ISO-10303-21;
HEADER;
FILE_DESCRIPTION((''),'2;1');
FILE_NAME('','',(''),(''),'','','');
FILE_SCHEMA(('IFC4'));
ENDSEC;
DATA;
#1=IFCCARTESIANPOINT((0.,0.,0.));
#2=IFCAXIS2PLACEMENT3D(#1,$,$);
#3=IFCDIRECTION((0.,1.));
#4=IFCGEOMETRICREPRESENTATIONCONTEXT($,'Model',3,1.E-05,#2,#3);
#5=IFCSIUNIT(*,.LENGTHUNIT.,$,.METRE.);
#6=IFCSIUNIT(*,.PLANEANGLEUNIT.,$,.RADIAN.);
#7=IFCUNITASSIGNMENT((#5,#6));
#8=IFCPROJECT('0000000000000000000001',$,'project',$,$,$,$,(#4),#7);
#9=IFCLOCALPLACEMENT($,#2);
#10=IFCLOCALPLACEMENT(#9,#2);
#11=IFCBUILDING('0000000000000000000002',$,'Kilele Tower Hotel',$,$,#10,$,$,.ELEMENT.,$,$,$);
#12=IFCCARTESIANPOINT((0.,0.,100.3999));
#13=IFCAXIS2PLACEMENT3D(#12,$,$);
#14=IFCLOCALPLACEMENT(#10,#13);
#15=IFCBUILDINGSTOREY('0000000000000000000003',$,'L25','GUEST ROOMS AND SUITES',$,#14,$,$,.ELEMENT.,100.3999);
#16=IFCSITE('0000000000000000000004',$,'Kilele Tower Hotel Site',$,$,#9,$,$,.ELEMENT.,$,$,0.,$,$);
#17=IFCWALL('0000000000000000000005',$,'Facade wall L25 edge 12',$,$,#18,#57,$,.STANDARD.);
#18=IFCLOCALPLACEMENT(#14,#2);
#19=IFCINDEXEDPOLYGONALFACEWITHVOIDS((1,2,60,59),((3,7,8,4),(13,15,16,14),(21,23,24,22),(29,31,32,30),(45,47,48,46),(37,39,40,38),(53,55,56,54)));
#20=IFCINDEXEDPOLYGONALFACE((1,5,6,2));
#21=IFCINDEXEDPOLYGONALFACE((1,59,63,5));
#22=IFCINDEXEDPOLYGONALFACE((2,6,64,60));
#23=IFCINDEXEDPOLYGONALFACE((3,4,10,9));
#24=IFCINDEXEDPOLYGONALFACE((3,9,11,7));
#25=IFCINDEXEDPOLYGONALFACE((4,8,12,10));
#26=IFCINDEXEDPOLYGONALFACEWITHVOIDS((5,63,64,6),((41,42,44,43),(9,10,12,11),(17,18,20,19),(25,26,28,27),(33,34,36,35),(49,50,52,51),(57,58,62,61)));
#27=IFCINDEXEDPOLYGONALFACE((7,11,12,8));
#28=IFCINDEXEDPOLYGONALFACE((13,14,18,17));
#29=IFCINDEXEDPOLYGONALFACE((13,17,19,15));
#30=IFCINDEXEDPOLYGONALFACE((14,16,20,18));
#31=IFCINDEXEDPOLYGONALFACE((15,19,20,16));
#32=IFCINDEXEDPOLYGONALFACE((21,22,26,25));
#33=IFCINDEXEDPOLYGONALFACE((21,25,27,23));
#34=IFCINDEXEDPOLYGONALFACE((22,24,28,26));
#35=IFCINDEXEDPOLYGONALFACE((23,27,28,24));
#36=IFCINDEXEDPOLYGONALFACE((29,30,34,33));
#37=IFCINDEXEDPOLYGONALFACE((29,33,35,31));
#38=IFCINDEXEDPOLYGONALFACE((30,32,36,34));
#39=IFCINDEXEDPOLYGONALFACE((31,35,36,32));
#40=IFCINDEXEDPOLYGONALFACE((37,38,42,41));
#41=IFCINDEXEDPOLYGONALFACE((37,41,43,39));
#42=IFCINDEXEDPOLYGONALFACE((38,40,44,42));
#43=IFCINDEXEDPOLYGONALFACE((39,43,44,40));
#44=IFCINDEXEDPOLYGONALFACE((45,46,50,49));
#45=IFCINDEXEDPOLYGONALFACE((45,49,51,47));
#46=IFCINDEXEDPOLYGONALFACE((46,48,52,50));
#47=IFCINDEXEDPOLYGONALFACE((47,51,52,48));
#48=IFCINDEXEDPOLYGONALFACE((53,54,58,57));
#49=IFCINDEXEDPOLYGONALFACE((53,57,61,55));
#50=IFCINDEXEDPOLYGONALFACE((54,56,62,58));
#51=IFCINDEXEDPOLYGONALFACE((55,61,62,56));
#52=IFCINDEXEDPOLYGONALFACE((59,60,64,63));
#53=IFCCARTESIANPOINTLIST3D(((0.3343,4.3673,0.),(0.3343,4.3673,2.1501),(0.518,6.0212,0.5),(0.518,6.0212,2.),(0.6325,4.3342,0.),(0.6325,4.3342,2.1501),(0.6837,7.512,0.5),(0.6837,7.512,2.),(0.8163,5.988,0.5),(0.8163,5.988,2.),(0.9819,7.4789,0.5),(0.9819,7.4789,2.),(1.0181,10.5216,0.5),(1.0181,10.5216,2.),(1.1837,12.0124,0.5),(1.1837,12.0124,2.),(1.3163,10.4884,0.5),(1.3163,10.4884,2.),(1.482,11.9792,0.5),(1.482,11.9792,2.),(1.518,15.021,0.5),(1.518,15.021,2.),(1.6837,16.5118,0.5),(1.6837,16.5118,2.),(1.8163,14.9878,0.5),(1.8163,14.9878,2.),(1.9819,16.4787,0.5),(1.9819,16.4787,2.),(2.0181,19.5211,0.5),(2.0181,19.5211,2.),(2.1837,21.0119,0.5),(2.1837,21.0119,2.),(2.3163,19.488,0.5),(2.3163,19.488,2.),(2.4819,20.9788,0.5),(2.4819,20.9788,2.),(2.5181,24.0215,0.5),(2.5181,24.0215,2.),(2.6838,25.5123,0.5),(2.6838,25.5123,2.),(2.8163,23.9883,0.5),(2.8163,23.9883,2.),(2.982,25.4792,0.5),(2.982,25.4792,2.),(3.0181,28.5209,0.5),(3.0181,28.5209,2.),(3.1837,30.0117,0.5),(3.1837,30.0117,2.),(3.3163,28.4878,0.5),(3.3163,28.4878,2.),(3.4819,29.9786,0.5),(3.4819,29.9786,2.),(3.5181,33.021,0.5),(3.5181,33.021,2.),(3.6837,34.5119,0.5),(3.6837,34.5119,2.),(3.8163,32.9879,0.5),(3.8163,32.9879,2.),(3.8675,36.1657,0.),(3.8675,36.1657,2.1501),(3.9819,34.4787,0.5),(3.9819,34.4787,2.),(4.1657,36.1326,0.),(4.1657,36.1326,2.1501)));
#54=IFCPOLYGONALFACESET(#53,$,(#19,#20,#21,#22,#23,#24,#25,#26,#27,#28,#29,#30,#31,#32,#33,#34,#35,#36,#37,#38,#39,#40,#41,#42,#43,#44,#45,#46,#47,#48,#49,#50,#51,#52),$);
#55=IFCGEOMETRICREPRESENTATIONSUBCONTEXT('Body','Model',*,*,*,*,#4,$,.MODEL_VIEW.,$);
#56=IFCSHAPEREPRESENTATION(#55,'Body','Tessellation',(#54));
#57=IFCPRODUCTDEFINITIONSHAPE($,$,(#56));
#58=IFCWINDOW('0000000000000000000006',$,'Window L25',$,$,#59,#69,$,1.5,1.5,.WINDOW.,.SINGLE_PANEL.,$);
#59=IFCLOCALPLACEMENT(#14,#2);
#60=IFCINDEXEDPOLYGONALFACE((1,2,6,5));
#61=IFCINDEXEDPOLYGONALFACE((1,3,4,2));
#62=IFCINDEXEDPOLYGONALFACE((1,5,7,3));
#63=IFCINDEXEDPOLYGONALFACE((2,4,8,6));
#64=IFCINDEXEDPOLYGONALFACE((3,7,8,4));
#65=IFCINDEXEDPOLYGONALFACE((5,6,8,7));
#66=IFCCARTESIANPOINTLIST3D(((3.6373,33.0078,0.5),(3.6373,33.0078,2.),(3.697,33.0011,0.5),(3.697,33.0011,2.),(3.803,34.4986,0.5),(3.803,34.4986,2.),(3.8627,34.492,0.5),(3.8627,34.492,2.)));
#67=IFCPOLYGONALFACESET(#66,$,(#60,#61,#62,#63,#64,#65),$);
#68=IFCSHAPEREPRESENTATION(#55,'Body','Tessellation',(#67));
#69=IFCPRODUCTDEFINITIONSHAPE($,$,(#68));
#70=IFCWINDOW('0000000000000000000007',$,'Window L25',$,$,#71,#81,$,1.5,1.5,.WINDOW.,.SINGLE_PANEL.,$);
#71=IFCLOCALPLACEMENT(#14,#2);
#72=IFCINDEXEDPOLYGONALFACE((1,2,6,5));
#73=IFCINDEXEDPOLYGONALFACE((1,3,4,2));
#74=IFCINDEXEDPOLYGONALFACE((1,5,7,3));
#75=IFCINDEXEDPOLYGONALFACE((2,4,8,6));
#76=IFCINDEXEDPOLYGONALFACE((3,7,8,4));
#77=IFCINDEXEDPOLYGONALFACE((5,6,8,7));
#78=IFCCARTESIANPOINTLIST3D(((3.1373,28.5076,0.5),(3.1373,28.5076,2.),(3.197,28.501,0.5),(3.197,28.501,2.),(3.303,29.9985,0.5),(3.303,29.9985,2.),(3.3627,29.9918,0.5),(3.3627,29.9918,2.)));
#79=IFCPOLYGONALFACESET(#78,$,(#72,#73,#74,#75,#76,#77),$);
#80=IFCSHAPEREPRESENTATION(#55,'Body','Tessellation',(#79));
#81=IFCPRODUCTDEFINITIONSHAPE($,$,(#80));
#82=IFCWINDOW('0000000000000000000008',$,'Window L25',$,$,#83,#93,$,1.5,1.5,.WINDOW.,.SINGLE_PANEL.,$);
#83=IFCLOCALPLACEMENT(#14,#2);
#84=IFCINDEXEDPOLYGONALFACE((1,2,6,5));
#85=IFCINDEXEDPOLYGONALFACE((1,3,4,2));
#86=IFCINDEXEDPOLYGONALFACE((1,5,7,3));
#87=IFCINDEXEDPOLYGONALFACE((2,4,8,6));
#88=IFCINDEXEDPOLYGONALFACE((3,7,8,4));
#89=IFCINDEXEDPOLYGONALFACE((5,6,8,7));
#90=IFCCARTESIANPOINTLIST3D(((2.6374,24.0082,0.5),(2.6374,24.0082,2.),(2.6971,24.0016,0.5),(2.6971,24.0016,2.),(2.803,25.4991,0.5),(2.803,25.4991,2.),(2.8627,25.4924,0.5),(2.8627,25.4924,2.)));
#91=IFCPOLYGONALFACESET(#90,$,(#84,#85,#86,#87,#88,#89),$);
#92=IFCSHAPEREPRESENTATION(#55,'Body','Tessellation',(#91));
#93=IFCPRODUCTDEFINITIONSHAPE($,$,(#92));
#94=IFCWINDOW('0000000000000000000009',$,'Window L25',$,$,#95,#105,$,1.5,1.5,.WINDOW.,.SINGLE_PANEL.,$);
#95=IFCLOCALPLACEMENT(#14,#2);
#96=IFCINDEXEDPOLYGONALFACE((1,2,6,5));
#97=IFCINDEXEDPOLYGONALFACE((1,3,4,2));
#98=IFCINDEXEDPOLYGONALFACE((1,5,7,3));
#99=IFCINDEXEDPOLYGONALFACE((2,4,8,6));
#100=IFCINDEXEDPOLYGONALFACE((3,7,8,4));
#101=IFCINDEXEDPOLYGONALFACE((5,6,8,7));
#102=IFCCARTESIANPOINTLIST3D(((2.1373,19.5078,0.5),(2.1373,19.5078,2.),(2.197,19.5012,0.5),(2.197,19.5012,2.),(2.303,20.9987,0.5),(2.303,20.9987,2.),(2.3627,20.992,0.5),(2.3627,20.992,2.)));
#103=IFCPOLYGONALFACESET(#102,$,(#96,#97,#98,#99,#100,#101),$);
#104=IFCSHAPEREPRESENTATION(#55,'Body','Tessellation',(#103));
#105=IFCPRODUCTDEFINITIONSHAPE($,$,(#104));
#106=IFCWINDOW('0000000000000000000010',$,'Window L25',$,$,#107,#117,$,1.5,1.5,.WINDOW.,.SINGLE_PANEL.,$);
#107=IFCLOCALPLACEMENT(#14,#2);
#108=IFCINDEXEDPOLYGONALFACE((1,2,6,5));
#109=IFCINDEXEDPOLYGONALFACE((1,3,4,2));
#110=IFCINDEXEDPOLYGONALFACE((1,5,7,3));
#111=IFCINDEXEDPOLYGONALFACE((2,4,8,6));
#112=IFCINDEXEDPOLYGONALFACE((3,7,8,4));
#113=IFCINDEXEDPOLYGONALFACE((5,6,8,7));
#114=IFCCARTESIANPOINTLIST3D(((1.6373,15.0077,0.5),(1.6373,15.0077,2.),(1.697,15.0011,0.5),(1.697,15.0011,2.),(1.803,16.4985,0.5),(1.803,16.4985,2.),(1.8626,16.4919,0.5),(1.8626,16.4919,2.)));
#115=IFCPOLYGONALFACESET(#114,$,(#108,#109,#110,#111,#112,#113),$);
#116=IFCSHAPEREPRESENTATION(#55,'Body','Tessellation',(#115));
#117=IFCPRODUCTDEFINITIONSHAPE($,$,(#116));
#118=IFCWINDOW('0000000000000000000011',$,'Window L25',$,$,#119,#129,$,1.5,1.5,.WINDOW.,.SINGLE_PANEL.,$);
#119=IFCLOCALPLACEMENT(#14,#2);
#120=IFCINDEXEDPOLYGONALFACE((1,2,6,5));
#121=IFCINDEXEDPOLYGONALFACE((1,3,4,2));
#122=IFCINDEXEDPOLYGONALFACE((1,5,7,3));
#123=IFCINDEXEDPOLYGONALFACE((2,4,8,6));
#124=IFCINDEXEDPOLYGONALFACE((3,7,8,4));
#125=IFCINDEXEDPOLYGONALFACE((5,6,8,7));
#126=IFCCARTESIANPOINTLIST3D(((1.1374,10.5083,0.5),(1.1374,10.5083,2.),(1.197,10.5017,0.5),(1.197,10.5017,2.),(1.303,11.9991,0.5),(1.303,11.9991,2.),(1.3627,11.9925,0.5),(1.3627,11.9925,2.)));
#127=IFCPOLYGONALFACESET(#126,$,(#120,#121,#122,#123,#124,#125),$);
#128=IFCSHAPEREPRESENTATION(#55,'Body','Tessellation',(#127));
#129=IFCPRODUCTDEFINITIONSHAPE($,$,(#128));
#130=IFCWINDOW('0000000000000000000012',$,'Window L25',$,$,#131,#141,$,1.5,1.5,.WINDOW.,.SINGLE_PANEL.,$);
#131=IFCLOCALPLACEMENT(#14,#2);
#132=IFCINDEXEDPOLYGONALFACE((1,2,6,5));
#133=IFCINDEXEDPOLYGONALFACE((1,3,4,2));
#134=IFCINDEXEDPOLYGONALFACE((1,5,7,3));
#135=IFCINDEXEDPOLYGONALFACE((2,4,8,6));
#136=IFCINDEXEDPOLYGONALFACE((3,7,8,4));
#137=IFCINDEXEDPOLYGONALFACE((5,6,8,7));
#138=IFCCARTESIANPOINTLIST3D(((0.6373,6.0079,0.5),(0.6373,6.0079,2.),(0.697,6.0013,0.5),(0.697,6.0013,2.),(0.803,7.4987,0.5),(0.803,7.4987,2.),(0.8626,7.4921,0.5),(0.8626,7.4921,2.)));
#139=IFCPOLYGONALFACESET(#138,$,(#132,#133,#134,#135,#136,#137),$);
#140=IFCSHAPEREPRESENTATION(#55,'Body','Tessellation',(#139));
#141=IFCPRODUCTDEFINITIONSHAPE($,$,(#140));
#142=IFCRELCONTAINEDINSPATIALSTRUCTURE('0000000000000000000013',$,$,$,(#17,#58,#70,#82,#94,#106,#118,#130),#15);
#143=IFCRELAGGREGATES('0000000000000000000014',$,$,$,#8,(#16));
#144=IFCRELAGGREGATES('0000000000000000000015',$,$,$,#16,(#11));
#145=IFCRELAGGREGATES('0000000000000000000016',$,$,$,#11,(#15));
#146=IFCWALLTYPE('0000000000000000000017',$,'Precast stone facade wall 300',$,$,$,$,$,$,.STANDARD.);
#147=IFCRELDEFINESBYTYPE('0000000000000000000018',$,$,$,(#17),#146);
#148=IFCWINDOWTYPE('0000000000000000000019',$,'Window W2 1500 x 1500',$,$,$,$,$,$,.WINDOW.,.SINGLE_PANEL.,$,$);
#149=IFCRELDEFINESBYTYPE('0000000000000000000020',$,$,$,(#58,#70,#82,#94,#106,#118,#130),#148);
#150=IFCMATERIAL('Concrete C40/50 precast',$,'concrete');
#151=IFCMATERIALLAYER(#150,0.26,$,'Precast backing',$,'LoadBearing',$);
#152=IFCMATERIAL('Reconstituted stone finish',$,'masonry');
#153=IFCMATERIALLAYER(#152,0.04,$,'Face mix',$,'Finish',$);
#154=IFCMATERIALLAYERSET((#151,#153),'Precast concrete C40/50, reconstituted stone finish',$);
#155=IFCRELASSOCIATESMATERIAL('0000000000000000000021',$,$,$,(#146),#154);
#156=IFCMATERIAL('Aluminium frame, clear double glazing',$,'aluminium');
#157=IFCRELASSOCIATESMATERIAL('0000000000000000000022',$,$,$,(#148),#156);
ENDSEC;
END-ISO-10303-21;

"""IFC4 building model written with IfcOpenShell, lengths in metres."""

from ifc_helpers import new_model, si_unit, direction, frame, frame_2d, origin, place, context, subcontext, project, spatial, rectangle, extrude, material, layer, layer_set, type_object, element, fill, save


model = new_model("IFC4")

# Units and contexts
model_context = context("Model", 3, precision=1e-05, world=origin(), true_north=direction((0.0, 1.0)))
body_context = subcontext(model_context, "Body", "Model", "MODEL_VIEW")
ifc_project = project(units=[si_unit("LENGTHUNIT", "METRE"), si_unit("PLANEANGLEUNIT", "RADIAN")], contexts=[model_context])

# Site, building, storey
site_placement = place(None, origin())
site = spatial("IfcSite", under=ifc_project, at=site_placement, Name="Kilele Tower Hotel Site", CompositionType="ELEMENT", RefElevation=0.0)
building_placement = place(site_placement, origin())
building = spatial("IfcBuilding", under=site, at=building_placement, Name="Kilele Tower Hotel", CompositionType="ELEMENT")
storey_placement = place(building_placement, frame((0.0, 0.0, 100.3999)))
storey = spatial("IfcBuildingStorey", under=building, at=storey_placement, Name="L25", Description="GUEST ROOMS AND SUITES", CompositionType="ELEMENT", Elevation=100.3999)

# Wall, openings, windows
ifc_material_1 = material(Name="Concrete C40/50 precast", Category="concrete")
ifc_layer_1 = layer(ifc_material_1, 0.26, Name="Precast backing", Category="LoadBearing")
ifc_material_2 = material(Name="Reconstituted stone finish", Category="masonry")
ifc_layer_2 = layer(ifc_material_2, 0.04, Name="Face mix", Category="Finish")
ifc_layer_set_1 = layer_set([ifc_layer_1, ifc_layer_2], Name="Precast concrete C40/50, reconstituted stone finish")
wall_type_1 = type_object("IfcWallType", Name="Precast stone facade wall 300", PredefinedType="STANDARD", material=ifc_layer_set_1)
wall_1_placement = place(storey_placement, frame((4.0166, 36.1492, 0.0), z_axis=(0.0, 0.0, 1.0), x_axis=(-0.110433, -0.993884, 0.0)))
wall_1 = element("IfcWall", 1, at=wall_1_placement, inside=storey, type_object=wall_type_1, Name="Facade wall L25 edge 12", PredefinedType="STANDARD", context=body_context, shape_type="SweptSolid", body=[
    extrude(rectangle(XDim=31.9941, YDim=0.3, at=frame_2d((15.9971, 0.0))), origin(), (0.0, 0.0, 1.0), 2.1501),
])
opening_1_placement = place(wall_1_placement, frame((1.6641, 0.0, 0.5)))
opening_1 = element("IfcOpeningElement", 2, at=opening_1_placement, cuts=wall_1, PredefinedType="OPENING", context=body_context, shape_type="SweptSolid", body=[
    extrude(rectangle(XDim=1.5, YDim=1.5, at=frame_2d((0.75, 0.75))), frame((0.0, 0.1599, 0.0), z_axis=(0.0, -1.0, 0.0), x_axis=(1.0, 0.0, 0.0)), (0.0, 0.0, 1.0), 0.3201),
])
opening_2_placement = place(wall_1_placement, frame((6.1919, 0.0, 0.5)))
opening_2 = element("IfcOpeningElement", 3, at=opening_2_placement, cuts=wall_1, PredefinedType="OPENING", context=body_context, shape_type="SweptSolid", body=[
    extrude(rectangle(XDim=1.5, YDim=1.5, at=frame_2d((0.75, 0.75))), frame((0.0, 0.1599, 0.0), z_axis=(0.0, -1.0, 0.0), x_axis=(1.0, 0.0, 0.0)), (0.0, 0.0, 1.0), 0.3201),
])
opening_3_placement = place(wall_1_placement, frame((10.719, 0.0, 0.5)))
opening_3 = element("IfcOpeningElement", 4, at=opening_3_placement, cuts=wall_1, PredefinedType="OPENING", context=body_context, shape_type="SweptSolid", body=[
    extrude(rectangle(XDim=1.5, YDim=1.5, at=frame_2d((0.75, 0.75))), frame((0.0, 0.1599, 0.0), z_axis=(0.0, -1.0, 0.0), x_axis=(1.0, 0.0, 0.0)), (0.0, 0.0, 1.0), 0.3201),
])
opening_4_placement = place(wall_1_placement, frame((15.2471, 0.0, 0.5)))
opening_4 = element("IfcOpeningElement", 5, at=opening_4_placement, cuts=wall_1, PredefinedType="OPENING", context=body_context, shape_type="SweptSolid", body=[
    extrude(rectangle(XDim=1.5, YDim=1.5, at=frame_2d((0.75, 0.75))), frame((0.0, 0.1599, 0.0), z_axis=(0.0, -1.0, 0.0), x_axis=(1.0, 0.0, 0.0)), (0.0, 0.0, 1.0), 0.3201),
])
opening_5_placement = place(wall_1_placement, frame((19.7749, 0.0, 0.5)))
opening_5 = element("IfcOpeningElement", 6, at=opening_5_placement, cuts=wall_1, PredefinedType="OPENING", context=body_context, shape_type="SweptSolid", body=[
    extrude(rectangle(XDim=1.5, YDim=1.5, at=frame_2d((0.75, 0.75))), frame((0.0, 0.1599, 0.0), z_axis=(0.0, -1.0, 0.0), x_axis=(1.0, 0.0, 0.0)), (0.0, 0.0, 1.0), 0.3201),
])
opening_6_placement = place(wall_1_placement, frame((24.302, 0.0, 0.5)))
opening_6 = element("IfcOpeningElement", 7, at=opening_6_placement, cuts=wall_1, PredefinedType="OPENING", context=body_context, shape_type="SweptSolid", body=[
    extrude(rectangle(XDim=1.5, YDim=1.5, at=frame_2d((0.75, 0.75))), frame((0.0, 0.1599, 0.0), z_axis=(0.0, -1.0, 0.0), x_axis=(1.0, 0.0, 0.0)), (0.0, 0.0, 1.0), 0.3201),
])
opening_7_placement = place(wall_1_placement, frame((28.8301, 0.0, 0.5)))
opening_7 = element("IfcOpeningElement", 8, at=opening_7_placement, cuts=wall_1, PredefinedType="OPENING", context=body_context, shape_type="SweptSolid", body=[
    extrude(rectangle(XDim=1.5, YDim=1.5, at=frame_2d((0.75, 0.75))), frame((0.0, 0.1599, 0.0), z_axis=(0.0, -1.0, 0.0), x_axis=(1.0, 0.0, 0.0)), (0.0, 0.0, 1.0), 0.3201),
])
ifc_material_3 = material(Name="Aluminium frame, clear double glazing", Category="aluminium")
window_type = type_object("IfcWindowType", Name="Window W2 1500 x 1500", PartitioningType="SINGLE_PANEL", PredefinedType="WINDOW", material=ifc_material_3)
window_1_placement = place(opening_1_placement, origin())
window_1 = element("IfcWindow", 9, at=window_1_placement, inside=storey, type_object=window_type, Name="Window L25", OverallHeight=1.5, OverallWidth=1.5, PartitioningType="SINGLE_PANEL", PredefinedType="WINDOW", context=body_context, shape_type="SweptSolid", body=[
    extrude(rectangle(XDim=1.5, YDim=1.5, at=frame_2d((0.75, 0.75))), frame((0.0, 0.03, 0.0), z_axis=(0.0, -1.0, 0.0), x_axis=(1.0, 0.0, 0.0)), (0.0, 0.0, 1.0), 0.0601),
])
fill(opening_1, window_1)
window_2_placement = place(opening_2_placement, origin())
window_2 = element("IfcWindow", 10, at=window_2_placement, inside=storey, type_object=window_type, Name="Window L25", OverallHeight=1.5, OverallWidth=1.5, PartitioningType="SINGLE_PANEL", PredefinedType="WINDOW", context=body_context, shape_type="SweptSolid", body=[
    extrude(rectangle(XDim=1.5, YDim=1.5, at=frame_2d((0.75, 0.75))), frame((0.0, 0.03, 0.0), z_axis=(0.0, -1.0, 0.0), x_axis=(1.0, 0.0, 0.0)), (0.0, 0.0, 1.0), 0.0601),
])
fill(opening_2, window_2)
window_3_placement = place(opening_3_placement, origin())
window_3 = element("IfcWindow", 11, at=window_3_placement, inside=storey, type_object=window_type, Name="Window L25", OverallHeight=1.5, OverallWidth=1.5, PartitioningType="SINGLE_PANEL", PredefinedType="WINDOW", context=body_context, shape_type="SweptSolid", body=[
    extrude(rectangle(XDim=1.5, YDim=1.5, at=frame_2d((0.75, 0.75))), frame((0.0, 0.03, 0.0), z_axis=(0.0, -1.0, 0.0), x_axis=(1.0, 0.0, 0.0)), (0.0, 0.0, 1.0), 0.0601),
])
fill(opening_3, window_3)
window_4_placement = place(opening_4_placement, origin())
window_4 = element("IfcWindow", 12, at=window_4_placement, inside=storey, type_object=window_type, Name="Window L25", OverallHeight=1.5, OverallWidth=1.5, PartitioningType="SINGLE_PANEL", PredefinedType="WINDOW", context=body_context, shape_type="SweptSolid", body=[
    extrude(rectangle(XDim=1.5, YDim=1.5, at=frame_2d((0.75, 0.75))), frame((0.0, 0.03, 0.0), z_axis=(0.0, -1.0, 0.0), x_axis=(1.0, 0.0, 0.0)), (0.0, 0.0, 1.0), 0.0601),
])
fill(opening_4, window_4)
window_5_placement = place(opening_5_placement, origin())
window_5 = element("IfcWindow", 13, at=window_5_placement, inside=storey, type_object=window_type, Name="Window L25", OverallHeight=1.5, OverallWidth=1.5, PartitioningType="SINGLE_PANEL", PredefinedType="WINDOW", context=body_context, shape_type="SweptSolid", body=[
    extrude(rectangle(XDim=1.5, YDim=1.5, at=frame_2d((0.75, 0.75))), frame((0.0, 0.03, 0.0), z_axis=(0.0, -1.0, 0.0), x_axis=(1.0, 0.0, 0.0)), (0.0, 0.0, 1.0), 0.0601),
])
fill(opening_5, window_5)
window_6_placement = place(opening_6_placement, origin())
window_6 = element("IfcWindow", 14, at=window_6_placement, inside=storey, type_object=window_type, Name="Window L25", OverallHeight=1.5, OverallWidth=1.5, PartitioningType="SINGLE_PANEL", PredefinedType="WINDOW", context=body_context, shape_type="SweptSolid", body=[
    extrude(rectangle(XDim=1.5, YDim=1.5, at=frame_2d((0.75, 0.75))), frame((0.0, 0.03, 0.0), z_axis=(0.0, -1.0, 0.0), x_axis=(1.0, 0.0, 0.0)), (0.0, 0.0, 1.0), 0.0601),
])
fill(opening_6, window_6)
window_7_placement = place(opening_7_placement, origin())
window_7 = element("IfcWindow", 15, at=window_7_placement, inside=storey, type_object=window_type, Name="Window L25", OverallHeight=1.5, OverallWidth=1.5, PartitioningType="SINGLE_PANEL", PredefinedType="WINDOW", context=body_context, shape_type="SweptSolid", body=[
    extrude(rectangle(XDim=1.5, YDim=1.5, at=frame_2d((0.75, 0.75))), frame((0.0, 0.03, 0.0), z_axis=(0.0, -1.0, 0.0), x_axis=(1.0, 0.0, 0.0)), (0.0, 0.0, 1.0), 0.0601),
])
fill(opening_7, window_7)

save(model, "model.ifc")
